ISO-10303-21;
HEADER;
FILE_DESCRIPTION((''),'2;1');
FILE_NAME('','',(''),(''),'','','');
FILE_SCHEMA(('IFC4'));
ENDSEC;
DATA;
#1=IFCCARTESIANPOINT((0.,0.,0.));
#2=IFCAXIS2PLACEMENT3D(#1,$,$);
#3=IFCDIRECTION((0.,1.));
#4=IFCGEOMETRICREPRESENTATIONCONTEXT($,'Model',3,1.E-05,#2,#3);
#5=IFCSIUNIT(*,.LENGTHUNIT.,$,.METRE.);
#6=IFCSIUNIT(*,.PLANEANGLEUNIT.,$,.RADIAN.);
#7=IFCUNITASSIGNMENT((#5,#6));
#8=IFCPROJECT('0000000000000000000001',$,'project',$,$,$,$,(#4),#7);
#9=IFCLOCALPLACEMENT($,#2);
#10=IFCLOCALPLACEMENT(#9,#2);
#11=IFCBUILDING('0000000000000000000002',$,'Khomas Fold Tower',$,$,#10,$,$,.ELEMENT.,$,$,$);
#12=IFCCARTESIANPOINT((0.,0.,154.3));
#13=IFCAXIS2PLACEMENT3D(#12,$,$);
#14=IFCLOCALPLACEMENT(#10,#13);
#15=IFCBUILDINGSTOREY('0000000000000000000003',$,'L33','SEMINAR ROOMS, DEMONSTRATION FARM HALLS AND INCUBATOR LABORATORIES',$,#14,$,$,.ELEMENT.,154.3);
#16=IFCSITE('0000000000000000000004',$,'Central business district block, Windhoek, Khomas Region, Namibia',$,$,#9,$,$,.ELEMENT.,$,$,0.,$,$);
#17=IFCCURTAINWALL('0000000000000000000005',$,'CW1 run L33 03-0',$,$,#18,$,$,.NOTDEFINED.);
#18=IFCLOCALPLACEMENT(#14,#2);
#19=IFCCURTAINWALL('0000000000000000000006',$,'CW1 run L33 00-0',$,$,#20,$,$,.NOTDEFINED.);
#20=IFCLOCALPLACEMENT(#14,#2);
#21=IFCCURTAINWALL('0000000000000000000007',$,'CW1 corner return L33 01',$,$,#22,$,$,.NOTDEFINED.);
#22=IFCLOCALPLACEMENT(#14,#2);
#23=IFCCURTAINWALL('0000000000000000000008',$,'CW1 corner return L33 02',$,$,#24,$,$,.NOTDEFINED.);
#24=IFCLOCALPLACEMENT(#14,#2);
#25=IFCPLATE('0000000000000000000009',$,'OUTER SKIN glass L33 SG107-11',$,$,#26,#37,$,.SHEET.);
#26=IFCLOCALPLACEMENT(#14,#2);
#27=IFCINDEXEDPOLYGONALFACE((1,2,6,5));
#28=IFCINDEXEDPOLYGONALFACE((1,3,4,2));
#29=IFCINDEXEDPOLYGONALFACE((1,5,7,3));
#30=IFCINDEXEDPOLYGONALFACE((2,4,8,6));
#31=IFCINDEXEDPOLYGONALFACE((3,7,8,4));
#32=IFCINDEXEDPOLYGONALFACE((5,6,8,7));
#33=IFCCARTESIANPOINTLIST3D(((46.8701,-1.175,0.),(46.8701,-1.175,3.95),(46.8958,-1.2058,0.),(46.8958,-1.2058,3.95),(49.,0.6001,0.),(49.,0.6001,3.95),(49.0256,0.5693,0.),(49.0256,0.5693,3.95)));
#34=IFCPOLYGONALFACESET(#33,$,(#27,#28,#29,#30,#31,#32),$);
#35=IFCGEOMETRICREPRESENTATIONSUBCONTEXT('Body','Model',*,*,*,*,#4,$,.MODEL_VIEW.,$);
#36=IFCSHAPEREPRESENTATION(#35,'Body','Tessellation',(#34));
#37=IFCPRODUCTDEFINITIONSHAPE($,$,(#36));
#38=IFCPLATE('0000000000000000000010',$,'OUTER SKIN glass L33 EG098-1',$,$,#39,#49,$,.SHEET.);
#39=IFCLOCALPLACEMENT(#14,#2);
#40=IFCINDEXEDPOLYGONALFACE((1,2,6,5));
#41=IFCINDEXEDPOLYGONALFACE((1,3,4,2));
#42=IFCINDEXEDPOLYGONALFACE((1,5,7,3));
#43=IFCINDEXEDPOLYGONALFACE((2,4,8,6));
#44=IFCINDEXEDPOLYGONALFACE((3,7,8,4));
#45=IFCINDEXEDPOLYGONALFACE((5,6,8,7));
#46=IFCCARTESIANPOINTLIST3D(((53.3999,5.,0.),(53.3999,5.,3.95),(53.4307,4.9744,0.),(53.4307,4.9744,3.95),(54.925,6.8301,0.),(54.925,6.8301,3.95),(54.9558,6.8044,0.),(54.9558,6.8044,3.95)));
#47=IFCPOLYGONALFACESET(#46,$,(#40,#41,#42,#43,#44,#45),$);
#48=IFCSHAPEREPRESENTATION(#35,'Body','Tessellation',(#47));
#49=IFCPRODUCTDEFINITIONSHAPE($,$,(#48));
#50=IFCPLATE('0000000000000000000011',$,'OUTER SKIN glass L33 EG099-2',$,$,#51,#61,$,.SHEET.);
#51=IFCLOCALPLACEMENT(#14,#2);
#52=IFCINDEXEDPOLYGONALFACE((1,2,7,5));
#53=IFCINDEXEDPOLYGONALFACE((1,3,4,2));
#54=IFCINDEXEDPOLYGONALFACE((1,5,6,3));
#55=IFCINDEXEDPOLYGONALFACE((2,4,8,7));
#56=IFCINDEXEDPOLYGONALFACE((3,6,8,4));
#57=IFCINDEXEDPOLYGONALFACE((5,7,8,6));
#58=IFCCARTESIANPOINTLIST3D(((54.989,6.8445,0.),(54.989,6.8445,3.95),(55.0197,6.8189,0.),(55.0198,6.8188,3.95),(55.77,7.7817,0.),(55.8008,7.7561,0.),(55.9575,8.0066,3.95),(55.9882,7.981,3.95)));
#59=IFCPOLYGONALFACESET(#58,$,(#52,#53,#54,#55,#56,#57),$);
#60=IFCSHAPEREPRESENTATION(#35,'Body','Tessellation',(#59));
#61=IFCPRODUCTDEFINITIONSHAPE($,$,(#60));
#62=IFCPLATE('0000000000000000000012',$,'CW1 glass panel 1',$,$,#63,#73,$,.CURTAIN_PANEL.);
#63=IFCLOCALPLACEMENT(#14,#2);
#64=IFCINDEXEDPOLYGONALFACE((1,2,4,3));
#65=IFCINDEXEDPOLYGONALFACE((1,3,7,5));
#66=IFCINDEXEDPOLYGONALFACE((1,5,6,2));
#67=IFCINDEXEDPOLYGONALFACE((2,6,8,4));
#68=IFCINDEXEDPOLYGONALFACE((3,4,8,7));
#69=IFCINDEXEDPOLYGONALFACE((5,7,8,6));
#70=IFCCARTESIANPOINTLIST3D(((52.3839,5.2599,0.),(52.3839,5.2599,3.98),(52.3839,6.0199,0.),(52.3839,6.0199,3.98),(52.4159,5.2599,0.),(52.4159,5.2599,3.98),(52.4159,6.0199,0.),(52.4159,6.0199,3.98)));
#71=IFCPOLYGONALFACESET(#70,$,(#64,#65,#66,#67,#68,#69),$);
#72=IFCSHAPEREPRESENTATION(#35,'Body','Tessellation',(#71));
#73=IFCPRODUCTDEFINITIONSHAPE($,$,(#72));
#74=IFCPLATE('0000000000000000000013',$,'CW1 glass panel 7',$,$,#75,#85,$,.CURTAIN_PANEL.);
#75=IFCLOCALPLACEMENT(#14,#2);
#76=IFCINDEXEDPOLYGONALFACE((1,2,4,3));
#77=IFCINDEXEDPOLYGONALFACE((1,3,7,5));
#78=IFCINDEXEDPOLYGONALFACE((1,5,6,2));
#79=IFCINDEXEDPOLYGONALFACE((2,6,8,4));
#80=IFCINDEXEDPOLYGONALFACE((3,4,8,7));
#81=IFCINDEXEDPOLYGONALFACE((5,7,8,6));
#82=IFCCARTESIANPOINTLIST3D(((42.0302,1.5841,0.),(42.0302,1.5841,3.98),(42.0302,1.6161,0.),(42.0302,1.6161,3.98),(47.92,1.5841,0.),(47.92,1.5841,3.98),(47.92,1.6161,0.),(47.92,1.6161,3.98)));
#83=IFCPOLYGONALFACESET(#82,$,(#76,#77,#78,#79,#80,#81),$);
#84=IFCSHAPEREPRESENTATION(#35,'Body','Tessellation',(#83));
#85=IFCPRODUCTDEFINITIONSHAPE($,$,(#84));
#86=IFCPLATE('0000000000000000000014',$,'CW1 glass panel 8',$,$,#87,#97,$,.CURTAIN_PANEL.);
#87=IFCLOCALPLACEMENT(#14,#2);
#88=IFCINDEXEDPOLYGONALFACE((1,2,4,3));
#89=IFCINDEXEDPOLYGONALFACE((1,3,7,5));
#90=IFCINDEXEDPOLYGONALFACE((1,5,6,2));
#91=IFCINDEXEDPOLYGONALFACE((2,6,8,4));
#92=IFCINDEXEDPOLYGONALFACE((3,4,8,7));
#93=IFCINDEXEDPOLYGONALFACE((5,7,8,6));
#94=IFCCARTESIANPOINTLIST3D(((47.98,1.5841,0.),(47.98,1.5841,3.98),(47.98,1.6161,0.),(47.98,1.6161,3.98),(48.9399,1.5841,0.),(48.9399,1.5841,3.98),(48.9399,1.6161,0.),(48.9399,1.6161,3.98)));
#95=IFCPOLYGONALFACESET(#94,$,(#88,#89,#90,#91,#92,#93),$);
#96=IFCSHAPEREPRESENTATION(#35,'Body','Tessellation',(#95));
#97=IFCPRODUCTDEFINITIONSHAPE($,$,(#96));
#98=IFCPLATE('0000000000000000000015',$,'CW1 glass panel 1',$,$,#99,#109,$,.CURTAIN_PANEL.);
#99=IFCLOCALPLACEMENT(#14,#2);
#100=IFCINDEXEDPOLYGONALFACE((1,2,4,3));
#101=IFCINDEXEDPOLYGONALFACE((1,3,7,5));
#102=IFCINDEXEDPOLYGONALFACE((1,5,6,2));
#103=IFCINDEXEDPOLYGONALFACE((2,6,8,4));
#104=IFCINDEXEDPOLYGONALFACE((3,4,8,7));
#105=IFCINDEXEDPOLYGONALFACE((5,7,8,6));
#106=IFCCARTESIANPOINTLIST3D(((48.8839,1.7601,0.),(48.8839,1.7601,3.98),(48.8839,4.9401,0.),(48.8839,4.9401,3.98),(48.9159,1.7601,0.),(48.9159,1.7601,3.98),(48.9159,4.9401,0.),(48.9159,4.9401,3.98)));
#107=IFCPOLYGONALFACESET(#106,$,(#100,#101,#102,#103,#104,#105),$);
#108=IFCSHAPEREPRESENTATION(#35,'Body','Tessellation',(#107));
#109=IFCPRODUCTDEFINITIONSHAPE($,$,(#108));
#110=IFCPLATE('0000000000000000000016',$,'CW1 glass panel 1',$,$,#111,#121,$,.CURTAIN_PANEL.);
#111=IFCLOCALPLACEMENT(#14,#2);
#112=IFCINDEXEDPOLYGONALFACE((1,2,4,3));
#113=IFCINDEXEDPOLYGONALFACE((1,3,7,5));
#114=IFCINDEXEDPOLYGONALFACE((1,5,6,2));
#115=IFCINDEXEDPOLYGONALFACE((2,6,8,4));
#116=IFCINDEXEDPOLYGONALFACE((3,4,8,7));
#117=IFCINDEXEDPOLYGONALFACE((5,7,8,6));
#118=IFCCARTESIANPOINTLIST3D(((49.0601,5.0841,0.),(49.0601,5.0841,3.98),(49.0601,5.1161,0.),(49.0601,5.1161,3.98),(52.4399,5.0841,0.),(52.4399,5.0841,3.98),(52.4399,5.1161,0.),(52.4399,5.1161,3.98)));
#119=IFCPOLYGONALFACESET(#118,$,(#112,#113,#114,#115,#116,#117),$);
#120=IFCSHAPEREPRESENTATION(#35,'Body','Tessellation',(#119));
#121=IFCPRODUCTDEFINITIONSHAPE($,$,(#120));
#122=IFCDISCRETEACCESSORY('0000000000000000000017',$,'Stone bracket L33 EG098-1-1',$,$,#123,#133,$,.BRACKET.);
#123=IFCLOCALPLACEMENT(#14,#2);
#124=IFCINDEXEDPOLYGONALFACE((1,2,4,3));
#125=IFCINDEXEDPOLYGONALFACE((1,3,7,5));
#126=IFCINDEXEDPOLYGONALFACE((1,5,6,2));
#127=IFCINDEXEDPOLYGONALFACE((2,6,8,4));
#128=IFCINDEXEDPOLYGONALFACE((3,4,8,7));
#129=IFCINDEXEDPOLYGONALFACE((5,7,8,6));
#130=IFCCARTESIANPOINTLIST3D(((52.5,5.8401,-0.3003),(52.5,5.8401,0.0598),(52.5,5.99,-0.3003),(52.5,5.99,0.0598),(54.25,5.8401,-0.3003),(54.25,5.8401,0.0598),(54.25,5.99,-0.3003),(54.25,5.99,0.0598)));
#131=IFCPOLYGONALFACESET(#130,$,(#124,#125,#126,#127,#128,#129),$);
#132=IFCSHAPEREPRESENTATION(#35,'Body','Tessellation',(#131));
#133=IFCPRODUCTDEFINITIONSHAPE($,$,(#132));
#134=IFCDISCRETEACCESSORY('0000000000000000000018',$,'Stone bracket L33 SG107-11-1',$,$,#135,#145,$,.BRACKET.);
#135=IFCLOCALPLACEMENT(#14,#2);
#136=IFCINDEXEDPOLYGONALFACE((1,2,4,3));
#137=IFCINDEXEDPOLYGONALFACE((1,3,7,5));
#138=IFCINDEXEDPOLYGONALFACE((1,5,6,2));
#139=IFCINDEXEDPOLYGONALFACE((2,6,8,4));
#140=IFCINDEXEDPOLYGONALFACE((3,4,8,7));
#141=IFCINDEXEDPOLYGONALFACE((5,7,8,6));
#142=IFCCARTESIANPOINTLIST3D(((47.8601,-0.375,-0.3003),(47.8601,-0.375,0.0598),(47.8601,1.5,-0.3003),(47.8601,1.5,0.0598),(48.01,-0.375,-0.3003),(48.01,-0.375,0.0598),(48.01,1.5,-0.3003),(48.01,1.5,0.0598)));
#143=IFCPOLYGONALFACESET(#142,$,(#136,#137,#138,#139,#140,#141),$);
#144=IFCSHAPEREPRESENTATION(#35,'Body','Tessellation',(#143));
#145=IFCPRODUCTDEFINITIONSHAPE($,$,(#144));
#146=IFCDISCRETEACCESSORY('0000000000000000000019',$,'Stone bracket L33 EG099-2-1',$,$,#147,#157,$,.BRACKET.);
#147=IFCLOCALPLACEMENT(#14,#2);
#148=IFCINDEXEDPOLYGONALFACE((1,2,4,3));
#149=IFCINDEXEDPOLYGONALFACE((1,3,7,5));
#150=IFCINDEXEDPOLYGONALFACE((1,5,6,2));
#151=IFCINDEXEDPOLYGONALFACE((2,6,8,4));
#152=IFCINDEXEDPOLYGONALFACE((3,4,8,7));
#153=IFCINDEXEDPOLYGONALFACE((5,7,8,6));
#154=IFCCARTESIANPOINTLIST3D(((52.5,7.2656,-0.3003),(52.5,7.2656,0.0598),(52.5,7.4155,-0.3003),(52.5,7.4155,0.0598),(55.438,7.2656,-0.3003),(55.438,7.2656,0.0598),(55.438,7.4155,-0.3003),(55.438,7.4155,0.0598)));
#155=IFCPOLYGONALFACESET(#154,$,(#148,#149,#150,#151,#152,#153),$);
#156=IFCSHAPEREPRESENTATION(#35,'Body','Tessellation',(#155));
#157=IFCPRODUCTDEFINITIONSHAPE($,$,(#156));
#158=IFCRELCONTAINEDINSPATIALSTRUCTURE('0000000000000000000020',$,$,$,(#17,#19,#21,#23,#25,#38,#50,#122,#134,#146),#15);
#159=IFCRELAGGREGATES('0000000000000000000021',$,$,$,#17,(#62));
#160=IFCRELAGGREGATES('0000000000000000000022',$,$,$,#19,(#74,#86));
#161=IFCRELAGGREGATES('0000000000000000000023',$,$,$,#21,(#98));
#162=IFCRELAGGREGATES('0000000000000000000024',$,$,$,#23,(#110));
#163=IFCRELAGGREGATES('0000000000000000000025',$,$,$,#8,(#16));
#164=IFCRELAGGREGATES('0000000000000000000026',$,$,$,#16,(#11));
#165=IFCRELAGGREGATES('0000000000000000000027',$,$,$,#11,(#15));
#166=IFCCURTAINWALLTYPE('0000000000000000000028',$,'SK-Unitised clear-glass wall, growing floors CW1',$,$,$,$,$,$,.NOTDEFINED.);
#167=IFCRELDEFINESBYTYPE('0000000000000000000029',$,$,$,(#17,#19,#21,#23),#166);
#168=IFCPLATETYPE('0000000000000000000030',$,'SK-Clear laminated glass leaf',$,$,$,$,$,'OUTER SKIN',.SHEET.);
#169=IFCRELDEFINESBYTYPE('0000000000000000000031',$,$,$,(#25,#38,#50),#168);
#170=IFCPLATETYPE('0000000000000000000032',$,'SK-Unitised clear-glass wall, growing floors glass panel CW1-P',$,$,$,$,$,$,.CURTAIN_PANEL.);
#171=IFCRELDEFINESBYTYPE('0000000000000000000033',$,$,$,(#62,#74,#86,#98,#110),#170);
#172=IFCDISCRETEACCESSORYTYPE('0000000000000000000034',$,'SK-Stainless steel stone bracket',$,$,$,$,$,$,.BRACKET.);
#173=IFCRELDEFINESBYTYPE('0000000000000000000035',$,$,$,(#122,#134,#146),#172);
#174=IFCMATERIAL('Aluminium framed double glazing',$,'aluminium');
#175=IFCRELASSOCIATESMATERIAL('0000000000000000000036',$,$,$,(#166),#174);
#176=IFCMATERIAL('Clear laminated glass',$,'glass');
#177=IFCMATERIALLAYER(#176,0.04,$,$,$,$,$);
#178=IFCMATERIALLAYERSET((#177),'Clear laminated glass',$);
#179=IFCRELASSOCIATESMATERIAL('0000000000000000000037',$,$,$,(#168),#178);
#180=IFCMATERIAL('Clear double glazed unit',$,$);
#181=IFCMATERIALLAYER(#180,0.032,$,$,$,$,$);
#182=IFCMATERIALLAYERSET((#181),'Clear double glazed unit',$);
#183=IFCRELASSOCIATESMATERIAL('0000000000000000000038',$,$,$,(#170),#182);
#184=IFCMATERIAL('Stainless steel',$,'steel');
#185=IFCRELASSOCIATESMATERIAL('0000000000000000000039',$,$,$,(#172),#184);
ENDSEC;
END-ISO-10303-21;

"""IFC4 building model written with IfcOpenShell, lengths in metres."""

from ifc_helpers import new_model, si_unit, direction, frame, origin, origin_2d, place, context, subcontext, project, spatial, polyline, rectangle, outline, extrude, source, transform, mapped, material, layer, layer_set, type_object, element, aggregate, save


model = new_model("IFC4")

# Units and contexts
model_context = context("Model", 3, precision=1e-05, world=origin(), true_north=direction((0.0, 1.0)))
body_context = subcontext(model_context, "Body", "Model", "MODEL_VIEW")
ifc_project = project(units=[si_unit("LENGTHUNIT", "METRE"), si_unit("PLANEANGLEUNIT", "RADIAN")], contexts=[model_context])

# Site, building, storey
site_placement = place(None, origin())
site = spatial("IfcSite", under=ifc_project, at=site_placement, Name="Central business district block, Windhoek, Khomas Region, Namibia", CompositionType="ELEMENT", RefElevation=0.0)
building_placement = place(site_placement, origin())
building = spatial("IfcBuilding", under=site, at=building_placement, Name="Khomas Fold Tower", CompositionType="ELEMENT")
storey_placement = place(building_placement, frame((0.0, 0.0, 154.3)))
storey = spatial("IfcBuildingStorey", under=building, at=storey_placement, Name="L33", Description="SEMINAR ROOMS, DEMONSTRATION FARM HALLS AND INCUBATOR LABORATORIES", CompositionType="ELEMENT", Elevation=154.3)

# Curtain wall
ifc_material_1 = material(Name="Aluminium framed double glazing", Category="aluminium")
curtain_wall_type = type_object("IfcCurtainWallType", Name="SK-Unitised clear-glass wall, growing floors CW1", PredefinedType="NOTDEFINED", material=ifc_material_1)
curtain_wall_1_placement = place(storey_placement, origin())
curtain_wall_1 = element("IfcCurtainWall", 1, at=curtain_wall_1_placement, inside=storey, type_object=curtain_wall_type, Name="CW1 run L33 03-0", PredefinedType="NOTDEFINED")

# Curtain walls
curtain_wall_2_placement = place(storey_placement, origin())
curtain_wall_2 = element("IfcCurtainWall", 2, at=curtain_wall_2_placement, inside=storey, type_object=curtain_wall_type, Name="CW1 run L33 00-0", PredefinedType="NOTDEFINED")
curtain_wall_3_placement = place(storey_placement, origin())
curtain_wall_3 = element("IfcCurtainWall", 3, at=curtain_wall_3_placement, inside=storey, type_object=curtain_wall_type, Name="CW1 corner return L33 01", PredefinedType="NOTDEFINED")
curtain_wall_4_placement = place(storey_placement, origin())
curtain_wall_4 = element("IfcCurtainWall", 4, at=curtain_wall_4_placement, inside=storey, type_object=curtain_wall_type, Name="CW1 corner return L33 02", PredefinedType="NOTDEFINED")

# Plates
ifc_material_2 = material(Name="Clear laminated glass", Category="glass")
ifc_layer_1 = layer(ifc_material_2, 0.04)
ifc_layer_set_1 = layer_set([ifc_layer_1], Name="Clear laminated glass")
plate_type_1 = type_object("IfcPlateType", Name="SK-Clear laminated glass leaf", ElementType="OUTER SKIN", PredefinedType="SHEET", material=ifc_layer_set_1)
plate_1_placement = place(storey_placement, frame((46.8701, -1.175, 0.0), z_axis=(-0.640236, 0.768178, 0.0), x_axis=(0.0, 0.0, 1.0)))
element("IfcPlate", 5, at=plate_1_placement, inside=storey, type_object=plate_type_1, Name="OUTER SKIN glass L33 SG107-11", PredefinedType="SHEET", context=body_context, shape_type="SweptSolid", body=[
    extrude(outline(polyline([(0.0, 0.0), (3.95, 0.0), (3.95, 2.7726), (0.0, 2.7726), (0.0, 0.0)])), origin(), (0.0, 0.0, -1.0), 0.04),
])
plate_2_placement = place(storey_placement, frame((53.3999, 5.0, 0.0), z_axis=(-0.768204, 0.640205, 0.0), x_axis=(0.0, 0.0, 1.0)))
element("IfcPlate", 6, at=plate_2_placement, inside=storey, type_object=plate_type_1, Name="OUTER SKIN glass L33 EG098-1", PredefinedType="SHEET", context=body_context, shape_type="SweptSolid", body=[
    extrude(outline(polyline([(0.0, 0.0), (3.95, 0.0), (3.95, 2.3823), (0.0, 2.3823), (0.0, 0.0)])), origin(), (0.0, 0.0, -1.0), 0.04),
])
plate_3_placement = place(storey_placement, frame((55.77, 7.7817, 0.0), z_axis=(-0.768214, 0.640193, 0.000011), x_axis=(-0.640193, -0.768214, 0.0)))
element("IfcPlate", 7, at=plate_3_placement, inside=storey, type_object=plate_type_1, Name="OUTER SKIN glass L33 EG099-2", PredefinedType="SHEET", context=body_context, shape_type="SweptSolid", body=[
    extrude(outline(polyline([(0.0, 0.0), (1.22, 0.0), (1.22, 3.95), (-0.2928, 3.95), (0.0, 0.0)])), origin(), (0.0, 0.0, -1.0), 0.04),
])

# Plates
ifc_material_3 = material(Name="Clear double glazed unit")
ifc_layer_2 = layer(ifc_material_3, 0.032)
ifc_layer_set_2 = layer_set([ifc_layer_2], Name="Clear double glazed unit")
plate_type_2 = type_object("IfcPlateType", Name="SK-Unitised clear-glass wall, growing floors glass panel CW1-P", PredefinedType="CURTAIN_PANEL", material=ifc_layer_set_2)
shared_shape_1 = source(origin(), body_context, "Body", "SweptSolid", [
    extrude(rectangle(XDim=0.76, YDim=0.032, at=origin_2d()), origin(), (0.0, 0.0, 1.0), 3.98),
])
plate_4_placement = place(storey_placement, frame((52.3999, 5.6399, 0.0), z_axis=(0.0, 0.0, 1.0), x_axis=(0.0, 1.0, 0.0)))
plate_4 = element("IfcPlate", 8, at=plate_4_placement, type_object=plate_type_2, Name="CW1 glass panel 1", PredefinedType="CURTAIN_PANEL", context=body_context, shape_type="MappedRepresentation", body=[
    mapped(shared_shape_1, transform((0.0, 0.0, 0.0))),
])
aggregate(curtain_wall_1, [plate_4])
shared_shape_2 = source(origin(), body_context, "Body", "SweptSolid", [
    extrude(rectangle(XDim=5.8899, YDim=0.032, at=origin_2d()), origin(), (0.0, 0.0, 1.0), 3.98),
])
plate_5_placement = place(storey_placement, frame((44.9751, 1.6001, 0.0), z_axis=(0.0, 0.0, 1.0), x_axis=(1.0, 0.0, 0.0)))
plate_5 = element("IfcPlate", 9, at=plate_5_placement, type_object=plate_type_2, Name="CW1 glass panel 7", PredefinedType="CURTAIN_PANEL", context=body_context, shape_type="MappedRepresentation", body=[
    mapped(shared_shape_2, transform((0.0, 0.0, 0.0))),
])
shared_shape_3 = source(origin(), body_context, "Body", "SweptSolid", [
    extrude(rectangle(XDim=0.96, YDim=0.032, at=origin_2d()), origin(), (0.0, 0.0, 1.0), 3.98),
])
plate_6_placement = place(storey_placement, frame((48.46, 1.6001, 0.0), z_axis=(0.0, 0.0, 1.0), x_axis=(1.0, 0.0, 0.0)))
plate_6 = element("IfcPlate", 10, at=plate_6_placement, type_object=plate_type_2, Name="CW1 glass panel 8", PredefinedType="CURTAIN_PANEL", context=body_context, shape_type="MappedRepresentation", body=[
    mapped(shared_shape_3, transform((0.0, 0.0, 0.0))),
])
aggregate(curtain_wall_2, [plate_5, plate_6])
shared_shape_4 = source(origin(), body_context, "Body", "SweptSolid", [
    extrude(rectangle(XDim=3.1799, YDim=0.032, at=origin_2d()), origin(), (0.0, 0.0, 1.0), 3.98),
])
plate_7_placement = place(storey_placement, frame((48.8999, 3.3501, 0.0), z_axis=(0.0, 0.0, 1.0), x_axis=(0.0, 1.0, 0.0)))
plate_7 = element("IfcPlate", 11, at=plate_7_placement, type_object=plate_type_2, Name="CW1 glass panel 1", PredefinedType="CURTAIN_PANEL", context=body_context, shape_type="MappedRepresentation", body=[
    mapped(shared_shape_4, transform((0.0, 0.0, 0.0))),
])
aggregate(curtain_wall_3, [plate_7])
shared_shape_5 = source(origin(), body_context, "Body", "SweptSolid", [
    extrude(rectangle(XDim=3.3799, YDim=0.032, at=origin_2d()), origin(), (0.0, 0.0, 1.0), 3.98),
])
plate_8_placement = place(storey_placement, frame((50.75, 5.1001, 0.0), z_axis=(0.0, 0.0, 1.0), x_axis=(1.0, 0.0, 0.0)))
plate_8 = element("IfcPlate", 12, at=plate_8_placement, type_object=plate_type_2, Name="CW1 glass panel 1", PredefinedType="CURTAIN_PANEL", context=body_context, shape_type="MappedRepresentation", body=[
    mapped(shared_shape_5, transform((0.0, 0.0, 0.0))),
])
aggregate(curtain_wall_4, [plate_8])

# Discrete accessories
ifc_material_4 = material(Name="Stainless steel", Category="steel")
discrete_accessory_type = type_object("IfcDiscreteAccessoryType", Name="SK-Stainless steel stone bracket", PredefinedType="BRACKET", material=ifc_material_4)
shared_shape_6 = source(origin(), body_context, "Body", "SweptSolid", [
    extrude(rectangle(XDim=1.75, YDim=0.1499, at=origin_2d()), origin(), (0.0, 0.0, 1.0), 0.3601),
])
discrete_accessory_1_placement = place(storey_placement, frame((53.375, 5.915, -0.3003), z_axis=(0.0, 0.0, 1.0), x_axis=(1.0, 0.0, 0.0)))
element("IfcDiscreteAccessory", 13, at=discrete_accessory_1_placement, inside=storey, type_object=discrete_accessory_type, Name="Stone bracket L33 EG098-1-1", PredefinedType="BRACKET", context=body_context, shape_type="MappedRepresentation", body=[
    mapped(shared_shape_6, transform((0.0, 0.0, 0.0))),
])
shared_shape_7 = source(origin(), body_context, "Body", "SweptSolid", [
    extrude(rectangle(XDim=1.875, YDim=0.1499, at=origin_2d()), origin(), (0.0, 0.0, 1.0), 0.3601),
])
discrete_accessory_2_placement = place(storey_placement, frame((47.9351, 0.5625, -0.3003), z_axis=(0.0, 0.0, 1.0), x_axis=(0.0, -1.0, 0.0)))
element("IfcDiscreteAccessory", 14, at=discrete_accessory_2_placement, inside=storey, type_object=discrete_accessory_type, Name="Stone bracket L33 SG107-11-1", PredefinedType="BRACKET", context=body_context, shape_type="MappedRepresentation", body=[
    mapped(shared_shape_7, transform((0.0, 0.0, 0.0))),
])
shared_shape_8 = source(origin(), body_context, "Body", "SweptSolid", [
    extrude(rectangle(XDim=2.938, YDim=0.1499, at=origin_2d()), origin(), (0.0, 0.0, 1.0), 0.3601),
])
discrete_accessory_3_placement = place(storey_placement, frame((53.969, 7.3406, -0.3003), z_axis=(0.0, 0.0, 1.0), x_axis=(1.0, 0.0, 0.0)))
element("IfcDiscreteAccessory", 15, at=discrete_accessory_3_placement, inside=storey, type_object=discrete_accessory_type, Name="Stone bracket L33 EG099-2-1", PredefinedType="BRACKET", context=body_context, shape_type="MappedRepresentation", body=[
    mapped(shared_shape_8, transform((0.0, 0.0, 0.0))),
])

save(model, "model.ifc")
